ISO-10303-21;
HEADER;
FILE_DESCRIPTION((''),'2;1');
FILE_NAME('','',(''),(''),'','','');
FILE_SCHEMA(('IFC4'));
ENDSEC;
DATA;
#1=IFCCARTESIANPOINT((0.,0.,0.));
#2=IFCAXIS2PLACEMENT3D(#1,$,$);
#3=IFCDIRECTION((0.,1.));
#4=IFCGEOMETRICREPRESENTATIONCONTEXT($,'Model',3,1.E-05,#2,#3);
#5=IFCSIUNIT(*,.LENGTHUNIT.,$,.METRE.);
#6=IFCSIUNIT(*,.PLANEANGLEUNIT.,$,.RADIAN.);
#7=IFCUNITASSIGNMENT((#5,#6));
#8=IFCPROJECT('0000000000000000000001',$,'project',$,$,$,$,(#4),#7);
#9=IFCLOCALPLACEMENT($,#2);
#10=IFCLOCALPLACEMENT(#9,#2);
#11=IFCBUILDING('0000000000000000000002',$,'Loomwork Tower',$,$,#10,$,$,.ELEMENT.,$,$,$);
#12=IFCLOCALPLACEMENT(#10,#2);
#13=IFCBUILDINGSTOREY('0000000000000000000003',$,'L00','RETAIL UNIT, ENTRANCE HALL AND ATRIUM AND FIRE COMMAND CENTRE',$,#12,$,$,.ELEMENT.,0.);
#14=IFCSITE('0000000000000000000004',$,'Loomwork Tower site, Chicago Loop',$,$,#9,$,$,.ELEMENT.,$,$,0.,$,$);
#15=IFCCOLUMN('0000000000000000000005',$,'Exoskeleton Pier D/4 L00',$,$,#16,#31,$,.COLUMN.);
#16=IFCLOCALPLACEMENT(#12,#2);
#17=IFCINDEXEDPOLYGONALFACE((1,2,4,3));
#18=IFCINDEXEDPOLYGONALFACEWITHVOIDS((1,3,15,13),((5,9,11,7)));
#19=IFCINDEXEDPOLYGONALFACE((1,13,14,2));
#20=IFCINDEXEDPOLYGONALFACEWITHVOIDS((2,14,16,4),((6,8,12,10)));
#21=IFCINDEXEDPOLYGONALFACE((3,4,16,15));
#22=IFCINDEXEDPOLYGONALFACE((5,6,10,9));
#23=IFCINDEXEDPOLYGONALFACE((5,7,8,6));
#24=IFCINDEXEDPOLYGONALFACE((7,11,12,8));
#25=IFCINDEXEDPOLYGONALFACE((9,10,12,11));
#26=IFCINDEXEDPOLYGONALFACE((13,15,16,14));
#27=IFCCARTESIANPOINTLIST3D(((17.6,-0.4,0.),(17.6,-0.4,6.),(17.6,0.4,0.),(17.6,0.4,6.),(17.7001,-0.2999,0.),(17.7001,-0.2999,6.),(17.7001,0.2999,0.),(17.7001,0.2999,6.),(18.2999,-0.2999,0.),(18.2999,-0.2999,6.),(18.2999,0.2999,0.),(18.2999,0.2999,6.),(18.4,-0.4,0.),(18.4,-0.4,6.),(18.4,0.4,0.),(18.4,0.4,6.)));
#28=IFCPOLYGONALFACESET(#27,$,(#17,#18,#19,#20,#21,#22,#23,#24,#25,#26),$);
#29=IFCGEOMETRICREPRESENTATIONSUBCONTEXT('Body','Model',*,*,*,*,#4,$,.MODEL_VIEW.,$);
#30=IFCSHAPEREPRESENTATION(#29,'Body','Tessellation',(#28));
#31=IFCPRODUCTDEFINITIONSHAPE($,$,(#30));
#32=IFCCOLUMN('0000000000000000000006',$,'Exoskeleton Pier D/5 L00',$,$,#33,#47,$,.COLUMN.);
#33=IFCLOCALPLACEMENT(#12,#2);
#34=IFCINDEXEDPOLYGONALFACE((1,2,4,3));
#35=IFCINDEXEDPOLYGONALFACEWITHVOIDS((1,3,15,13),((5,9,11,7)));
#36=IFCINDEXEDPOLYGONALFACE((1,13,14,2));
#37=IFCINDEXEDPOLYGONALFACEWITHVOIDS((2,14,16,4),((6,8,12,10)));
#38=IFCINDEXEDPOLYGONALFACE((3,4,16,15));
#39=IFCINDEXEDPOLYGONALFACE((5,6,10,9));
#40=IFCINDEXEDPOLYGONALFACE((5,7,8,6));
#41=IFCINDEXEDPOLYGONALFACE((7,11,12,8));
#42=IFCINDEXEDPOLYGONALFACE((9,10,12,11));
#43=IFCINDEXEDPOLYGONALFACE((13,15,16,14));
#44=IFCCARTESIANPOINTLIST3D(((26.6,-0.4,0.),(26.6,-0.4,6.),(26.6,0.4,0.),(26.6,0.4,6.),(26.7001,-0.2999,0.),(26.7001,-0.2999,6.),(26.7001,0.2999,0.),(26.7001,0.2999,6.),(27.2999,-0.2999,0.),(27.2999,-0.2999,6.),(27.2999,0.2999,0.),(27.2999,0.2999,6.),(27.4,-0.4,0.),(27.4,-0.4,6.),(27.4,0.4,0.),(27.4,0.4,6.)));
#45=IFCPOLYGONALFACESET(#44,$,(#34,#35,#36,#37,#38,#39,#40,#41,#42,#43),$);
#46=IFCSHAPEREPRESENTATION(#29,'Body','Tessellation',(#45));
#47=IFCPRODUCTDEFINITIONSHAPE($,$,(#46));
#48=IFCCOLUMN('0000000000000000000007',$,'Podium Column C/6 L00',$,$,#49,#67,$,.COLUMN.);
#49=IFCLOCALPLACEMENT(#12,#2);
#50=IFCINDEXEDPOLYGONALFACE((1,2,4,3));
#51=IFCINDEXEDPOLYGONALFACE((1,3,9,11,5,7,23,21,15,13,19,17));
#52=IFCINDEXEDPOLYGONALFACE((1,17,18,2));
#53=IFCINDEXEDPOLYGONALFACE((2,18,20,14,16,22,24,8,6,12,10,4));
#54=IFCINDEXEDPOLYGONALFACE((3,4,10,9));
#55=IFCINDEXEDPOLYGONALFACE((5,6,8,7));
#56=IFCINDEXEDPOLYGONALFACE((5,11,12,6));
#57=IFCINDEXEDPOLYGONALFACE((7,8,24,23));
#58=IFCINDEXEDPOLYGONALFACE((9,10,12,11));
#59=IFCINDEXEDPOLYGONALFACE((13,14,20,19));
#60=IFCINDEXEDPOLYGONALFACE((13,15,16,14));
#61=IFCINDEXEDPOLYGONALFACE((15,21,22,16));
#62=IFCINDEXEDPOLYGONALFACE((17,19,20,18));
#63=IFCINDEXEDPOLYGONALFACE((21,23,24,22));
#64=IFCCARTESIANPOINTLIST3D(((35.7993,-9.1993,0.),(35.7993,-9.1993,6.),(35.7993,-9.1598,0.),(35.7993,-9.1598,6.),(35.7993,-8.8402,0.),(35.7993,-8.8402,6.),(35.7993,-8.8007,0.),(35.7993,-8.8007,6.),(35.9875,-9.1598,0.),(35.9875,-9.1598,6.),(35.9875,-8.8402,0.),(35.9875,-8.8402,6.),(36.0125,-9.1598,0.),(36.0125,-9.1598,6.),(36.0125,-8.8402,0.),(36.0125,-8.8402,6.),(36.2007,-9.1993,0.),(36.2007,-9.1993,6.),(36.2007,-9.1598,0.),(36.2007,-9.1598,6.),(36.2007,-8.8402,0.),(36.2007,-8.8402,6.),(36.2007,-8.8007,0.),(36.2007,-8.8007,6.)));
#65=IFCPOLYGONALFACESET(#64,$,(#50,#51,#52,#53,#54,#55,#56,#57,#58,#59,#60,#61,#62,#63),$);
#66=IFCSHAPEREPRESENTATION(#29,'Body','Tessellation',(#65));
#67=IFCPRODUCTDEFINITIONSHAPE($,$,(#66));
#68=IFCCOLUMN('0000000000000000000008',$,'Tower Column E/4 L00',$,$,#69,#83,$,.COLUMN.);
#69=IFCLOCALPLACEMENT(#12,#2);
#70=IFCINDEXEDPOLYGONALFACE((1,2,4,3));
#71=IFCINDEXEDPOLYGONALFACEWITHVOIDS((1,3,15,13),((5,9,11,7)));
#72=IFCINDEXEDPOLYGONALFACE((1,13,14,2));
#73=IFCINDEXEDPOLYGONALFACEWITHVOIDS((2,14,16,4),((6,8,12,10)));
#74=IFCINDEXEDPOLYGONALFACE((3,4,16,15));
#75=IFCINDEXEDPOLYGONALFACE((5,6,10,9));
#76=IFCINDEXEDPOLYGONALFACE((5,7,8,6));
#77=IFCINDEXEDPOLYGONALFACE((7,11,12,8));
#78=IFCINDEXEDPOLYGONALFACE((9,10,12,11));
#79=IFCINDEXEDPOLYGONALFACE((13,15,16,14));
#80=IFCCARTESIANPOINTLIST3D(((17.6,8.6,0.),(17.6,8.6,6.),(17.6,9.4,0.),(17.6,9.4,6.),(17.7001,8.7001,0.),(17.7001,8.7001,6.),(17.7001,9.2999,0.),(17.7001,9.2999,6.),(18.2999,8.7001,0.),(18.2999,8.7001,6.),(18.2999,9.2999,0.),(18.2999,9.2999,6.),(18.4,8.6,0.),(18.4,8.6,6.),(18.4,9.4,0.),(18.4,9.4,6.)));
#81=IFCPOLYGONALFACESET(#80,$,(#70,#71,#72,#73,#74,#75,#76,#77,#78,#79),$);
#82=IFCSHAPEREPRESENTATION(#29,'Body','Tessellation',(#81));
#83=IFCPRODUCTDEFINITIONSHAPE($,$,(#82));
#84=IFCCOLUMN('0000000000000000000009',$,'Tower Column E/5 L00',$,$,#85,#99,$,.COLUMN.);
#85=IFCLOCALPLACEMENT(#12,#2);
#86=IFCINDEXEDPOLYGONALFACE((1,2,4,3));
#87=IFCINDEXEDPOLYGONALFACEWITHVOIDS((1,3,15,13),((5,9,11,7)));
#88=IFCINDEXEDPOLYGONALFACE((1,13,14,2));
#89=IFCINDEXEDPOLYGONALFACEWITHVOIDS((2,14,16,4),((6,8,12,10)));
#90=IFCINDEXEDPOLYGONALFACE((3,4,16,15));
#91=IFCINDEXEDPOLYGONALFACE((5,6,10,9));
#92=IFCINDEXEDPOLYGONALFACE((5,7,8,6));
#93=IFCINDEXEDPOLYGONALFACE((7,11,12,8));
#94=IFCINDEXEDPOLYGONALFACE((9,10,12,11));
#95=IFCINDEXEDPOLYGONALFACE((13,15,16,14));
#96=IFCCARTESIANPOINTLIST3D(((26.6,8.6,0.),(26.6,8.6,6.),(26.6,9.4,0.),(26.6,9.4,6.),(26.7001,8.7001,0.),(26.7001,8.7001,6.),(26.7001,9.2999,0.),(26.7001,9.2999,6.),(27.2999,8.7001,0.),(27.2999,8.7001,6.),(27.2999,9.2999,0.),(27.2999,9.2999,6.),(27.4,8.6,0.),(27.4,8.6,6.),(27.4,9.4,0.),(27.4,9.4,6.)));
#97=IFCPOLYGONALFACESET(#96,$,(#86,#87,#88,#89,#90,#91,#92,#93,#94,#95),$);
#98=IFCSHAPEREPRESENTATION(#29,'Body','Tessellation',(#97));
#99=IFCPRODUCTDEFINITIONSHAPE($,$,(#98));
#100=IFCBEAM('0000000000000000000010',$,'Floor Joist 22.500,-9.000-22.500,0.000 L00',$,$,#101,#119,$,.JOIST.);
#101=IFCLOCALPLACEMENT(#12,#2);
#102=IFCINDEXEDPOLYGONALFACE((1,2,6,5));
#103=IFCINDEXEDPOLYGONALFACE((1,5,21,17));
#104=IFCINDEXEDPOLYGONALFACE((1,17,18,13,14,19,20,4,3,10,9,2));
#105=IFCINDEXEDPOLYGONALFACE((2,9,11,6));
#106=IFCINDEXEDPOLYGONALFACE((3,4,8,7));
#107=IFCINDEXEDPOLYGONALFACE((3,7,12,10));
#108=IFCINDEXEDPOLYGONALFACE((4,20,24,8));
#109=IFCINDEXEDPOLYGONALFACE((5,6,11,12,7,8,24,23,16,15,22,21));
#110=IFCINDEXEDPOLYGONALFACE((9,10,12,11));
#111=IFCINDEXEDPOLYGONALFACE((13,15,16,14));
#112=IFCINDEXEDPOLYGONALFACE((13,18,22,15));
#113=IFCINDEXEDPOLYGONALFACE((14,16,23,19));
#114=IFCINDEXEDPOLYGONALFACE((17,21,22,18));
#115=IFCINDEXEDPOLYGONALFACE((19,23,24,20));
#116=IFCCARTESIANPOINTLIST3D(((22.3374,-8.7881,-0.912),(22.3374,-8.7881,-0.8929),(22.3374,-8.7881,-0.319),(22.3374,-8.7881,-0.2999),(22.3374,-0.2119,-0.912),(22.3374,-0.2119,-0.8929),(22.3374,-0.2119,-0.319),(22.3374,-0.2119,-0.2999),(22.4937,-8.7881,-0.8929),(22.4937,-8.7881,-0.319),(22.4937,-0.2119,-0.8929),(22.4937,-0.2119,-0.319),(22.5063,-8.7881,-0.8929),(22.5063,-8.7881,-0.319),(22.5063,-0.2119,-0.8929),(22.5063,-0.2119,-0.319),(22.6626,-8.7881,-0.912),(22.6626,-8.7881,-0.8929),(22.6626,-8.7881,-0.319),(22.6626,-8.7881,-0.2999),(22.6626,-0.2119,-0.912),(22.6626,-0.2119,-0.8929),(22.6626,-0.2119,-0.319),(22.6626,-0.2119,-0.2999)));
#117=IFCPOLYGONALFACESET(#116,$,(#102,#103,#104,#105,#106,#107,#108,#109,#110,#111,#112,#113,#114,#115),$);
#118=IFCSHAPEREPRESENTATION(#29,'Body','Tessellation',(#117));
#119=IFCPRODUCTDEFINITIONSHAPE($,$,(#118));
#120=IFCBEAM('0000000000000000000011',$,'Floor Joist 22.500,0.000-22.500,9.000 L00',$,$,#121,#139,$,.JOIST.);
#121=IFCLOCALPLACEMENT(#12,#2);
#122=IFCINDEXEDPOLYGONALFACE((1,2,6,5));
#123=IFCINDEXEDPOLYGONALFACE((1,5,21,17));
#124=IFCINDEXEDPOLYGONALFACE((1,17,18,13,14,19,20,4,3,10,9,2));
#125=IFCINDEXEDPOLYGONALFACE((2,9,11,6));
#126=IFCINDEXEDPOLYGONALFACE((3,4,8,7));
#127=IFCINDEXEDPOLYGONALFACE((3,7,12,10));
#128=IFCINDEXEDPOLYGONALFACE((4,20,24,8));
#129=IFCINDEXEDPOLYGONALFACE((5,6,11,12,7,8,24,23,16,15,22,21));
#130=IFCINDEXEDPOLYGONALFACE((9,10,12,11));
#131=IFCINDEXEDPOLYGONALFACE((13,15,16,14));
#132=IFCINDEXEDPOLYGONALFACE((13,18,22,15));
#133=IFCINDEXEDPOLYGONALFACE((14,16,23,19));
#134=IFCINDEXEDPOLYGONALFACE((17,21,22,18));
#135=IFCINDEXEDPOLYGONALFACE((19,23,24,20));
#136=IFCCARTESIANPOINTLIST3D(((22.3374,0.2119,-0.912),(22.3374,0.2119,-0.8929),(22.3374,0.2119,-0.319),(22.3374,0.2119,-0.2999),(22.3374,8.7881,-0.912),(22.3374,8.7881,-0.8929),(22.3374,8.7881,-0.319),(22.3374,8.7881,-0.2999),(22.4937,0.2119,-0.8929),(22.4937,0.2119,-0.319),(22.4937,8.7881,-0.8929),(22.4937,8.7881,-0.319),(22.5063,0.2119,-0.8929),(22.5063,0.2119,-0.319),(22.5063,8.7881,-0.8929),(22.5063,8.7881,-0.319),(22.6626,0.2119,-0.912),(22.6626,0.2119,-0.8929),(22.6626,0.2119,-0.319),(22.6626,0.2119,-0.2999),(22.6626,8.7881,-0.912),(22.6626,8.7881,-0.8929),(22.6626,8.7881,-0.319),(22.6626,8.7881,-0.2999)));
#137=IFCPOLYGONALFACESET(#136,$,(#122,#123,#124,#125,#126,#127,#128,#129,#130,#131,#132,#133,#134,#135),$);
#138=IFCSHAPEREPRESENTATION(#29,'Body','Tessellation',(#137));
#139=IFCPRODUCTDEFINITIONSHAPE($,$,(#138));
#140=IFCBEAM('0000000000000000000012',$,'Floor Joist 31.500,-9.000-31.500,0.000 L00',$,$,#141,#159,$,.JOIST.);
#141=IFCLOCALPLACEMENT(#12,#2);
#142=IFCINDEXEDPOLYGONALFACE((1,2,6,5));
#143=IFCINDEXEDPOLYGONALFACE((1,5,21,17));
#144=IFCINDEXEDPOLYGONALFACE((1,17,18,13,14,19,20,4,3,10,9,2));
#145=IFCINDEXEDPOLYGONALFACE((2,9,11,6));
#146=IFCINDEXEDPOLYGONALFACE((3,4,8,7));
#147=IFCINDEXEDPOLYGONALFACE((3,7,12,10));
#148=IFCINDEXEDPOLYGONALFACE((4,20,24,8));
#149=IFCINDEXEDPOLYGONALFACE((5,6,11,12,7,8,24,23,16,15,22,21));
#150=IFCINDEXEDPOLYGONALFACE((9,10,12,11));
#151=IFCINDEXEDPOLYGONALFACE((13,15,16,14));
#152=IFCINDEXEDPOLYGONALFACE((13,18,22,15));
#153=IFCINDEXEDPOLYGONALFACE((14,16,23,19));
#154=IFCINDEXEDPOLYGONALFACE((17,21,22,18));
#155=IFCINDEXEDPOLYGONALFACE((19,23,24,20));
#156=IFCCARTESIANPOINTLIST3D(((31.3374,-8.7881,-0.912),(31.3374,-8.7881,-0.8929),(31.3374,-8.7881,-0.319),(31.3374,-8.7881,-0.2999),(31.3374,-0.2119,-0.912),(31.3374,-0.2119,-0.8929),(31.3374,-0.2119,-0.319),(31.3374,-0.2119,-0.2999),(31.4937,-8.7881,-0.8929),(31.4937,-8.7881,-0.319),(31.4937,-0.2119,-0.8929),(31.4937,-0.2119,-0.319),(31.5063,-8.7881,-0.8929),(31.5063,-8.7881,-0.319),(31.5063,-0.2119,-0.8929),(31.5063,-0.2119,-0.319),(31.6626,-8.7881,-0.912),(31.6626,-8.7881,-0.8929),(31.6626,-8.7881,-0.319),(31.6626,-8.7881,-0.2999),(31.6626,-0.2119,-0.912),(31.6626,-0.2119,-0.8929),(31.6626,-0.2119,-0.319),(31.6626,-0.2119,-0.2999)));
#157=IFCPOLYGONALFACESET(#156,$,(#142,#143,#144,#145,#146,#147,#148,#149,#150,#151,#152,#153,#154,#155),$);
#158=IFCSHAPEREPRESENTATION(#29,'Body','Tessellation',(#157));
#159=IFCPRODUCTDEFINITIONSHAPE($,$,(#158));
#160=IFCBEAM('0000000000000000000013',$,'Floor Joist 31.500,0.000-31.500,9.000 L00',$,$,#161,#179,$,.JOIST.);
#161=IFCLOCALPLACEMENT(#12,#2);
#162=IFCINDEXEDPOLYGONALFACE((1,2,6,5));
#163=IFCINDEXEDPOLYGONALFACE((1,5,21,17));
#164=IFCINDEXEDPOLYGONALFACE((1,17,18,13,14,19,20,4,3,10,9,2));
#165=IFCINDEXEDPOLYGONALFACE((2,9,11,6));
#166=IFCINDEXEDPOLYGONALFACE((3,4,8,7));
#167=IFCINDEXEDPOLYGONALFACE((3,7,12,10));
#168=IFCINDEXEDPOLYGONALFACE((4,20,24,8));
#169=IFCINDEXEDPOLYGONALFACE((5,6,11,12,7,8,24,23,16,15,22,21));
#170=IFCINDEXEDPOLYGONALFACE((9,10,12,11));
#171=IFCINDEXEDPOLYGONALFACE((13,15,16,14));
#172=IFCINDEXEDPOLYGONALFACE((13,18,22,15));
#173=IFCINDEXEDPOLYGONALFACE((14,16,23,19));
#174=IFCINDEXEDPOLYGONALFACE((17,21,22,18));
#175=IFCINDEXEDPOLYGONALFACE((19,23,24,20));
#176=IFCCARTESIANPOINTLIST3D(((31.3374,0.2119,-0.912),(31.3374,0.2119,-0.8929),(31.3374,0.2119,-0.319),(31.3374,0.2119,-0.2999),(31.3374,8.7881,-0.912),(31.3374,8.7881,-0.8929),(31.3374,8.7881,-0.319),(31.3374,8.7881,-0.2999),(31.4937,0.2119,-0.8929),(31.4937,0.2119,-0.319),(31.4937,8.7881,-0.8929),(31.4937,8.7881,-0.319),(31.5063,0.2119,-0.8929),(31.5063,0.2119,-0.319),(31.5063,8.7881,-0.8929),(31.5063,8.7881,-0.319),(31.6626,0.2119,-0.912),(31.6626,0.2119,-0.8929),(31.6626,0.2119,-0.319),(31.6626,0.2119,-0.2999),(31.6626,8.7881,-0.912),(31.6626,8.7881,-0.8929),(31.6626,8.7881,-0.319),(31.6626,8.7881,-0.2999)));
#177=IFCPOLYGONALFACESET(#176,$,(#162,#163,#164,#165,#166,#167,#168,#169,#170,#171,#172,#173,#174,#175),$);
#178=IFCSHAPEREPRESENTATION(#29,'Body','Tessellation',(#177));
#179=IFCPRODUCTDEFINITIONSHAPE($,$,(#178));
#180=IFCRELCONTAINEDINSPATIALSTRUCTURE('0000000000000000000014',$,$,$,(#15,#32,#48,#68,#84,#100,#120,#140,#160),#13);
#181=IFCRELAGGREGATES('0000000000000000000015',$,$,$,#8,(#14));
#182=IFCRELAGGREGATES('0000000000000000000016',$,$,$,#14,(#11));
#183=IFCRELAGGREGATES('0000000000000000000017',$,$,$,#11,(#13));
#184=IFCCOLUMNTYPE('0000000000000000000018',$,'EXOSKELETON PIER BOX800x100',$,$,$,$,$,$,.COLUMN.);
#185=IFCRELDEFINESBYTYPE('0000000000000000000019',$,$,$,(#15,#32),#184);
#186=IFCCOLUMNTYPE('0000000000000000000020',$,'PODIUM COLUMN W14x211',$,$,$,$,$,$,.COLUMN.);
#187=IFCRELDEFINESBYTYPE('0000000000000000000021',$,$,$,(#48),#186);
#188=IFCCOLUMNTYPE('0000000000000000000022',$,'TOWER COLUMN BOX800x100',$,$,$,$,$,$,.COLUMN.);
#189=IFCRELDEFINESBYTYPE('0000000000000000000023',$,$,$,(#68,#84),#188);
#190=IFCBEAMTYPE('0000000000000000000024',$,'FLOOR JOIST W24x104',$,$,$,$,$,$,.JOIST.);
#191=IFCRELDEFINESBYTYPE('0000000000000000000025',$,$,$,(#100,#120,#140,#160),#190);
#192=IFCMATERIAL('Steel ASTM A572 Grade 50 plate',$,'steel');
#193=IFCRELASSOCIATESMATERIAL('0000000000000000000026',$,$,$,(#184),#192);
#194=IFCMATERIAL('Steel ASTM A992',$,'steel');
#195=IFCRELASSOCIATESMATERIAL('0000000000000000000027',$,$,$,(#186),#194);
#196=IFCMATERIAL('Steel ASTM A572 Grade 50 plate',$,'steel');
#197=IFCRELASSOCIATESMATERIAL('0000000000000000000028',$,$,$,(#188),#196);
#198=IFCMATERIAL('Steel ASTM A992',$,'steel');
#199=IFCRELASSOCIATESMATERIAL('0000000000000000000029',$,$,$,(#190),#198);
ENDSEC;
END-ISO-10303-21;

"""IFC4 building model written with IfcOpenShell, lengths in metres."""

from ifc_helpers import new_model, si_unit, direction, frame, origin, origin_2d, place, context, subcontext, project, spatial, hollow_rectangle, i_section, extrude, material, material_profile, profile_set, type_object, element, save


model = new_model("IFC4")

# Units and contexts
model_context = context("Model", 3, precision=1e-05, world=origin(), true_north=direction((0.0, 1.0)))
body_context = subcontext(model_context, "Body", "Model", "MODEL_VIEW")
ifc_project = project(units=[si_unit("LENGTHUNIT", "METRE"), si_unit("PLANEANGLEUNIT", "RADIAN")], contexts=[model_context])

# Site, building, storey
site_placement = place(None, origin())
site = spatial("IfcSite", under=ifc_project, at=site_placement, Name="Loomwork Tower site, Chicago Loop", CompositionType="ELEMENT", RefElevation=0.0)
building_placement = place(site_placement, origin())
building = spatial("IfcBuilding", under=site, at=building_placement, Name="Loomwork Tower", CompositionType="ELEMENT")
storey_placement = place(building_placement, origin())
storey = spatial("IfcBuildingStorey", under=building, at=storey_placement, Name="L00", Description="RETAIL UNIT, ENTRANCE HALL AND ATRIUM AND FIRE COMMAND CENTRE", CompositionType="ELEMENT", Elevation=0.0)

# Columns
ifc_material_1 = material(Name="Steel ASTM A572 Grade 50 plate", Category="steel")
ifc_material_profile_1 = material_profile(ifc_material_1, hollow_rectangle(XDim=0.8, YDim=0.8, WallThickness=0.1001, at=origin_2d()), Name="BOX800x100")
ifc_profile_set_1 = profile_set([ifc_material_profile_1], Name="Steel ASTM A572 Grade 50 plate")
column_type_1 = type_object("IfcColumnType", Name="EXOSKELETON PIER BOX800x100", PredefinedType="COLUMN", material=ifc_profile_set_1)
for number, where, z_axis, x_axis, name in (
    (1, (18.0, 0.0, 0.0), (0.0, 0.0, 1.0), (1.0, 0.0, 0.0), "Exoskeleton Pier D/4 L00"),
    (2, (27.0, 0.0, 0.0), (0.0, 0.0, 1.0), (1.0, 0.0, 0.0), "Exoskeleton Pier D/5 L00"),
):
    element("IfcColumn", number, at=place(storey_placement, frame(where, z_axis=z_axis, x_axis=x_axis)), inside=storey, type_object=column_type_1, Name=name, PredefinedType="COLUMN", context=body_context, shape_type="SweptSolid", body=[
        extrude(hollow_rectangle(XDim=0.8, YDim=0.8, WallThickness=0.1001, at=origin_2d()), origin(), (0.0, 0.0, 1.0), 6.0),
    ])
ifc_material_2 = material(Name="Steel ASTM A992", Category="steel")
ifc_material_profile_2 = material_profile(ifc_material_2, i_section(OverallWidth=0.4014, OverallDepth=0.3987, WebThickness=0.0249, FlangeThickness=0.0396, at=origin_2d()), Name="W14x211")
ifc_profile_set_2 = profile_set([ifc_material_profile_2], Name="Steel ASTM A992")
column_type_2 = type_object("IfcColumnType", Name="PODIUM COLUMN W14x211", PredefinedType="COLUMN", material=ifc_profile_set_2)
column_placement = place(storey_placement, frame((36.0, -9.0, 0.0), z_axis=(0.0, 0.0, 1.0), x_axis=(1.0, 0.0, 0.0)))
element("IfcColumn", 3, at=column_placement, inside=storey, type_object=column_type_2, Name="Podium Column C/6 L00", PredefinedType="COLUMN", context=body_context, shape_type="SweptSolid", body=[
    extrude(i_section(OverallWidth=0.4014, OverallDepth=0.3987, WebThickness=0.0249, FlangeThickness=0.0396, at=origin_2d()), origin(), (0.0, 0.0, 1.0), 6.0),
])
ifc_material_3 = material(Name="Steel ASTM A572 Grade 50 plate", Category="steel")
ifc_material_profile_3 = material_profile(ifc_material_3, hollow_rectangle(XDim=0.8, YDim=0.8, WallThickness=0.1001, at=origin_2d()), Name="BOX800x100")
ifc_profile_set_3 = profile_set([ifc_material_profile_3], Name="Steel ASTM A572 Grade 50 plate")
column_type_3 = type_object("IfcColumnType", Name="TOWER COLUMN BOX800x100", PredefinedType="COLUMN", material=ifc_profile_set_3)
for number, where, z_axis, x_axis, name in (
    (4, (18.0, 9.0, 0.0), (0.0, 0.0, 1.0), (1.0, 0.0, 0.0), "Tower Column E/4 L00"),
    (5, (27.0, 9.0, 0.0), (0.0, 0.0, 1.0), (1.0, 0.0, 0.0), "Tower Column E/5 L00"),
):
    element("IfcColumn", number, at=place(storey_placement, frame(where, z_axis=z_axis, x_axis=x_axis)), inside=storey, type_object=column_type_3, Name=name, PredefinedType="COLUMN", context=body_context, shape_type="SweptSolid", body=[
        extrude(hollow_rectangle(XDim=0.8, YDim=0.8, WallThickness=0.1001, at=origin_2d()), origin(), (0.0, 0.0, 1.0), 6.0),
    ])

# Beams
ifc_material_4 = material(Name="Steel ASTM A992", Category="steel")
ifc_material_profile_4 = material_profile(ifc_material_4, i_section(OverallWidth=0.3252, OverallDepth=0.6121, WebThickness=0.0127, FlangeThickness=0.019, at=origin_2d()), Name="W24x104")
ifc_profile_set_4 = profile_set([ifc_material_profile_4], Name="Steel ASTM A992")
beam_type_1 = type_object("IfcBeamType", Name="FLOOR JOIST W24x104", PredefinedType="JOIST", material=ifc_profile_set_4)
for number, where, z_axis, x_axis, name in (
    (6, (22.5, -8.7881, -0.606), (0.0, 1.0, 0.0), (-1.0, 0.0, 0.0), "Floor Joist 22.500,-9.000-22.500,0.000 L00"),
    (7, (22.5, 0.2119, -0.606), (0.0, 1.0, 0.0), (-1.0, 0.0, 0.0), "Floor Joist 22.500,0.000-22.500,9.000 L00"),
    (8, (31.5, -8.7881, -0.606), (0.0, 1.0, 0.0), (-1.0, 0.0, 0.0), "Floor Joist 31.500,-9.000-31.500,0.000 L00"),
    (9, (31.5, 0.2119, -0.606), (0.0, 1.0, 0.0), (-1.0, 0.0, 0.0), "Floor Joist 31.500,0.000-31.500,9.000 L00"),
):
    element("IfcBeam", number, at=place(storey_placement, frame(where, z_axis=z_axis, x_axis=x_axis)), inside=storey, type_object=beam_type_1, Name=name, PredefinedType="JOIST", context=body_context, shape_type="SweptSolid", body=[
        extrude(i_section(OverallWidth=0.3252, OverallDepth=0.6121, WebThickness=0.0127, FlangeThickness=0.019, at=origin_2d()), origin(), (0.0, 0.0, 1.0), 8.5762),
    ])

save(model, "model.ifc")
